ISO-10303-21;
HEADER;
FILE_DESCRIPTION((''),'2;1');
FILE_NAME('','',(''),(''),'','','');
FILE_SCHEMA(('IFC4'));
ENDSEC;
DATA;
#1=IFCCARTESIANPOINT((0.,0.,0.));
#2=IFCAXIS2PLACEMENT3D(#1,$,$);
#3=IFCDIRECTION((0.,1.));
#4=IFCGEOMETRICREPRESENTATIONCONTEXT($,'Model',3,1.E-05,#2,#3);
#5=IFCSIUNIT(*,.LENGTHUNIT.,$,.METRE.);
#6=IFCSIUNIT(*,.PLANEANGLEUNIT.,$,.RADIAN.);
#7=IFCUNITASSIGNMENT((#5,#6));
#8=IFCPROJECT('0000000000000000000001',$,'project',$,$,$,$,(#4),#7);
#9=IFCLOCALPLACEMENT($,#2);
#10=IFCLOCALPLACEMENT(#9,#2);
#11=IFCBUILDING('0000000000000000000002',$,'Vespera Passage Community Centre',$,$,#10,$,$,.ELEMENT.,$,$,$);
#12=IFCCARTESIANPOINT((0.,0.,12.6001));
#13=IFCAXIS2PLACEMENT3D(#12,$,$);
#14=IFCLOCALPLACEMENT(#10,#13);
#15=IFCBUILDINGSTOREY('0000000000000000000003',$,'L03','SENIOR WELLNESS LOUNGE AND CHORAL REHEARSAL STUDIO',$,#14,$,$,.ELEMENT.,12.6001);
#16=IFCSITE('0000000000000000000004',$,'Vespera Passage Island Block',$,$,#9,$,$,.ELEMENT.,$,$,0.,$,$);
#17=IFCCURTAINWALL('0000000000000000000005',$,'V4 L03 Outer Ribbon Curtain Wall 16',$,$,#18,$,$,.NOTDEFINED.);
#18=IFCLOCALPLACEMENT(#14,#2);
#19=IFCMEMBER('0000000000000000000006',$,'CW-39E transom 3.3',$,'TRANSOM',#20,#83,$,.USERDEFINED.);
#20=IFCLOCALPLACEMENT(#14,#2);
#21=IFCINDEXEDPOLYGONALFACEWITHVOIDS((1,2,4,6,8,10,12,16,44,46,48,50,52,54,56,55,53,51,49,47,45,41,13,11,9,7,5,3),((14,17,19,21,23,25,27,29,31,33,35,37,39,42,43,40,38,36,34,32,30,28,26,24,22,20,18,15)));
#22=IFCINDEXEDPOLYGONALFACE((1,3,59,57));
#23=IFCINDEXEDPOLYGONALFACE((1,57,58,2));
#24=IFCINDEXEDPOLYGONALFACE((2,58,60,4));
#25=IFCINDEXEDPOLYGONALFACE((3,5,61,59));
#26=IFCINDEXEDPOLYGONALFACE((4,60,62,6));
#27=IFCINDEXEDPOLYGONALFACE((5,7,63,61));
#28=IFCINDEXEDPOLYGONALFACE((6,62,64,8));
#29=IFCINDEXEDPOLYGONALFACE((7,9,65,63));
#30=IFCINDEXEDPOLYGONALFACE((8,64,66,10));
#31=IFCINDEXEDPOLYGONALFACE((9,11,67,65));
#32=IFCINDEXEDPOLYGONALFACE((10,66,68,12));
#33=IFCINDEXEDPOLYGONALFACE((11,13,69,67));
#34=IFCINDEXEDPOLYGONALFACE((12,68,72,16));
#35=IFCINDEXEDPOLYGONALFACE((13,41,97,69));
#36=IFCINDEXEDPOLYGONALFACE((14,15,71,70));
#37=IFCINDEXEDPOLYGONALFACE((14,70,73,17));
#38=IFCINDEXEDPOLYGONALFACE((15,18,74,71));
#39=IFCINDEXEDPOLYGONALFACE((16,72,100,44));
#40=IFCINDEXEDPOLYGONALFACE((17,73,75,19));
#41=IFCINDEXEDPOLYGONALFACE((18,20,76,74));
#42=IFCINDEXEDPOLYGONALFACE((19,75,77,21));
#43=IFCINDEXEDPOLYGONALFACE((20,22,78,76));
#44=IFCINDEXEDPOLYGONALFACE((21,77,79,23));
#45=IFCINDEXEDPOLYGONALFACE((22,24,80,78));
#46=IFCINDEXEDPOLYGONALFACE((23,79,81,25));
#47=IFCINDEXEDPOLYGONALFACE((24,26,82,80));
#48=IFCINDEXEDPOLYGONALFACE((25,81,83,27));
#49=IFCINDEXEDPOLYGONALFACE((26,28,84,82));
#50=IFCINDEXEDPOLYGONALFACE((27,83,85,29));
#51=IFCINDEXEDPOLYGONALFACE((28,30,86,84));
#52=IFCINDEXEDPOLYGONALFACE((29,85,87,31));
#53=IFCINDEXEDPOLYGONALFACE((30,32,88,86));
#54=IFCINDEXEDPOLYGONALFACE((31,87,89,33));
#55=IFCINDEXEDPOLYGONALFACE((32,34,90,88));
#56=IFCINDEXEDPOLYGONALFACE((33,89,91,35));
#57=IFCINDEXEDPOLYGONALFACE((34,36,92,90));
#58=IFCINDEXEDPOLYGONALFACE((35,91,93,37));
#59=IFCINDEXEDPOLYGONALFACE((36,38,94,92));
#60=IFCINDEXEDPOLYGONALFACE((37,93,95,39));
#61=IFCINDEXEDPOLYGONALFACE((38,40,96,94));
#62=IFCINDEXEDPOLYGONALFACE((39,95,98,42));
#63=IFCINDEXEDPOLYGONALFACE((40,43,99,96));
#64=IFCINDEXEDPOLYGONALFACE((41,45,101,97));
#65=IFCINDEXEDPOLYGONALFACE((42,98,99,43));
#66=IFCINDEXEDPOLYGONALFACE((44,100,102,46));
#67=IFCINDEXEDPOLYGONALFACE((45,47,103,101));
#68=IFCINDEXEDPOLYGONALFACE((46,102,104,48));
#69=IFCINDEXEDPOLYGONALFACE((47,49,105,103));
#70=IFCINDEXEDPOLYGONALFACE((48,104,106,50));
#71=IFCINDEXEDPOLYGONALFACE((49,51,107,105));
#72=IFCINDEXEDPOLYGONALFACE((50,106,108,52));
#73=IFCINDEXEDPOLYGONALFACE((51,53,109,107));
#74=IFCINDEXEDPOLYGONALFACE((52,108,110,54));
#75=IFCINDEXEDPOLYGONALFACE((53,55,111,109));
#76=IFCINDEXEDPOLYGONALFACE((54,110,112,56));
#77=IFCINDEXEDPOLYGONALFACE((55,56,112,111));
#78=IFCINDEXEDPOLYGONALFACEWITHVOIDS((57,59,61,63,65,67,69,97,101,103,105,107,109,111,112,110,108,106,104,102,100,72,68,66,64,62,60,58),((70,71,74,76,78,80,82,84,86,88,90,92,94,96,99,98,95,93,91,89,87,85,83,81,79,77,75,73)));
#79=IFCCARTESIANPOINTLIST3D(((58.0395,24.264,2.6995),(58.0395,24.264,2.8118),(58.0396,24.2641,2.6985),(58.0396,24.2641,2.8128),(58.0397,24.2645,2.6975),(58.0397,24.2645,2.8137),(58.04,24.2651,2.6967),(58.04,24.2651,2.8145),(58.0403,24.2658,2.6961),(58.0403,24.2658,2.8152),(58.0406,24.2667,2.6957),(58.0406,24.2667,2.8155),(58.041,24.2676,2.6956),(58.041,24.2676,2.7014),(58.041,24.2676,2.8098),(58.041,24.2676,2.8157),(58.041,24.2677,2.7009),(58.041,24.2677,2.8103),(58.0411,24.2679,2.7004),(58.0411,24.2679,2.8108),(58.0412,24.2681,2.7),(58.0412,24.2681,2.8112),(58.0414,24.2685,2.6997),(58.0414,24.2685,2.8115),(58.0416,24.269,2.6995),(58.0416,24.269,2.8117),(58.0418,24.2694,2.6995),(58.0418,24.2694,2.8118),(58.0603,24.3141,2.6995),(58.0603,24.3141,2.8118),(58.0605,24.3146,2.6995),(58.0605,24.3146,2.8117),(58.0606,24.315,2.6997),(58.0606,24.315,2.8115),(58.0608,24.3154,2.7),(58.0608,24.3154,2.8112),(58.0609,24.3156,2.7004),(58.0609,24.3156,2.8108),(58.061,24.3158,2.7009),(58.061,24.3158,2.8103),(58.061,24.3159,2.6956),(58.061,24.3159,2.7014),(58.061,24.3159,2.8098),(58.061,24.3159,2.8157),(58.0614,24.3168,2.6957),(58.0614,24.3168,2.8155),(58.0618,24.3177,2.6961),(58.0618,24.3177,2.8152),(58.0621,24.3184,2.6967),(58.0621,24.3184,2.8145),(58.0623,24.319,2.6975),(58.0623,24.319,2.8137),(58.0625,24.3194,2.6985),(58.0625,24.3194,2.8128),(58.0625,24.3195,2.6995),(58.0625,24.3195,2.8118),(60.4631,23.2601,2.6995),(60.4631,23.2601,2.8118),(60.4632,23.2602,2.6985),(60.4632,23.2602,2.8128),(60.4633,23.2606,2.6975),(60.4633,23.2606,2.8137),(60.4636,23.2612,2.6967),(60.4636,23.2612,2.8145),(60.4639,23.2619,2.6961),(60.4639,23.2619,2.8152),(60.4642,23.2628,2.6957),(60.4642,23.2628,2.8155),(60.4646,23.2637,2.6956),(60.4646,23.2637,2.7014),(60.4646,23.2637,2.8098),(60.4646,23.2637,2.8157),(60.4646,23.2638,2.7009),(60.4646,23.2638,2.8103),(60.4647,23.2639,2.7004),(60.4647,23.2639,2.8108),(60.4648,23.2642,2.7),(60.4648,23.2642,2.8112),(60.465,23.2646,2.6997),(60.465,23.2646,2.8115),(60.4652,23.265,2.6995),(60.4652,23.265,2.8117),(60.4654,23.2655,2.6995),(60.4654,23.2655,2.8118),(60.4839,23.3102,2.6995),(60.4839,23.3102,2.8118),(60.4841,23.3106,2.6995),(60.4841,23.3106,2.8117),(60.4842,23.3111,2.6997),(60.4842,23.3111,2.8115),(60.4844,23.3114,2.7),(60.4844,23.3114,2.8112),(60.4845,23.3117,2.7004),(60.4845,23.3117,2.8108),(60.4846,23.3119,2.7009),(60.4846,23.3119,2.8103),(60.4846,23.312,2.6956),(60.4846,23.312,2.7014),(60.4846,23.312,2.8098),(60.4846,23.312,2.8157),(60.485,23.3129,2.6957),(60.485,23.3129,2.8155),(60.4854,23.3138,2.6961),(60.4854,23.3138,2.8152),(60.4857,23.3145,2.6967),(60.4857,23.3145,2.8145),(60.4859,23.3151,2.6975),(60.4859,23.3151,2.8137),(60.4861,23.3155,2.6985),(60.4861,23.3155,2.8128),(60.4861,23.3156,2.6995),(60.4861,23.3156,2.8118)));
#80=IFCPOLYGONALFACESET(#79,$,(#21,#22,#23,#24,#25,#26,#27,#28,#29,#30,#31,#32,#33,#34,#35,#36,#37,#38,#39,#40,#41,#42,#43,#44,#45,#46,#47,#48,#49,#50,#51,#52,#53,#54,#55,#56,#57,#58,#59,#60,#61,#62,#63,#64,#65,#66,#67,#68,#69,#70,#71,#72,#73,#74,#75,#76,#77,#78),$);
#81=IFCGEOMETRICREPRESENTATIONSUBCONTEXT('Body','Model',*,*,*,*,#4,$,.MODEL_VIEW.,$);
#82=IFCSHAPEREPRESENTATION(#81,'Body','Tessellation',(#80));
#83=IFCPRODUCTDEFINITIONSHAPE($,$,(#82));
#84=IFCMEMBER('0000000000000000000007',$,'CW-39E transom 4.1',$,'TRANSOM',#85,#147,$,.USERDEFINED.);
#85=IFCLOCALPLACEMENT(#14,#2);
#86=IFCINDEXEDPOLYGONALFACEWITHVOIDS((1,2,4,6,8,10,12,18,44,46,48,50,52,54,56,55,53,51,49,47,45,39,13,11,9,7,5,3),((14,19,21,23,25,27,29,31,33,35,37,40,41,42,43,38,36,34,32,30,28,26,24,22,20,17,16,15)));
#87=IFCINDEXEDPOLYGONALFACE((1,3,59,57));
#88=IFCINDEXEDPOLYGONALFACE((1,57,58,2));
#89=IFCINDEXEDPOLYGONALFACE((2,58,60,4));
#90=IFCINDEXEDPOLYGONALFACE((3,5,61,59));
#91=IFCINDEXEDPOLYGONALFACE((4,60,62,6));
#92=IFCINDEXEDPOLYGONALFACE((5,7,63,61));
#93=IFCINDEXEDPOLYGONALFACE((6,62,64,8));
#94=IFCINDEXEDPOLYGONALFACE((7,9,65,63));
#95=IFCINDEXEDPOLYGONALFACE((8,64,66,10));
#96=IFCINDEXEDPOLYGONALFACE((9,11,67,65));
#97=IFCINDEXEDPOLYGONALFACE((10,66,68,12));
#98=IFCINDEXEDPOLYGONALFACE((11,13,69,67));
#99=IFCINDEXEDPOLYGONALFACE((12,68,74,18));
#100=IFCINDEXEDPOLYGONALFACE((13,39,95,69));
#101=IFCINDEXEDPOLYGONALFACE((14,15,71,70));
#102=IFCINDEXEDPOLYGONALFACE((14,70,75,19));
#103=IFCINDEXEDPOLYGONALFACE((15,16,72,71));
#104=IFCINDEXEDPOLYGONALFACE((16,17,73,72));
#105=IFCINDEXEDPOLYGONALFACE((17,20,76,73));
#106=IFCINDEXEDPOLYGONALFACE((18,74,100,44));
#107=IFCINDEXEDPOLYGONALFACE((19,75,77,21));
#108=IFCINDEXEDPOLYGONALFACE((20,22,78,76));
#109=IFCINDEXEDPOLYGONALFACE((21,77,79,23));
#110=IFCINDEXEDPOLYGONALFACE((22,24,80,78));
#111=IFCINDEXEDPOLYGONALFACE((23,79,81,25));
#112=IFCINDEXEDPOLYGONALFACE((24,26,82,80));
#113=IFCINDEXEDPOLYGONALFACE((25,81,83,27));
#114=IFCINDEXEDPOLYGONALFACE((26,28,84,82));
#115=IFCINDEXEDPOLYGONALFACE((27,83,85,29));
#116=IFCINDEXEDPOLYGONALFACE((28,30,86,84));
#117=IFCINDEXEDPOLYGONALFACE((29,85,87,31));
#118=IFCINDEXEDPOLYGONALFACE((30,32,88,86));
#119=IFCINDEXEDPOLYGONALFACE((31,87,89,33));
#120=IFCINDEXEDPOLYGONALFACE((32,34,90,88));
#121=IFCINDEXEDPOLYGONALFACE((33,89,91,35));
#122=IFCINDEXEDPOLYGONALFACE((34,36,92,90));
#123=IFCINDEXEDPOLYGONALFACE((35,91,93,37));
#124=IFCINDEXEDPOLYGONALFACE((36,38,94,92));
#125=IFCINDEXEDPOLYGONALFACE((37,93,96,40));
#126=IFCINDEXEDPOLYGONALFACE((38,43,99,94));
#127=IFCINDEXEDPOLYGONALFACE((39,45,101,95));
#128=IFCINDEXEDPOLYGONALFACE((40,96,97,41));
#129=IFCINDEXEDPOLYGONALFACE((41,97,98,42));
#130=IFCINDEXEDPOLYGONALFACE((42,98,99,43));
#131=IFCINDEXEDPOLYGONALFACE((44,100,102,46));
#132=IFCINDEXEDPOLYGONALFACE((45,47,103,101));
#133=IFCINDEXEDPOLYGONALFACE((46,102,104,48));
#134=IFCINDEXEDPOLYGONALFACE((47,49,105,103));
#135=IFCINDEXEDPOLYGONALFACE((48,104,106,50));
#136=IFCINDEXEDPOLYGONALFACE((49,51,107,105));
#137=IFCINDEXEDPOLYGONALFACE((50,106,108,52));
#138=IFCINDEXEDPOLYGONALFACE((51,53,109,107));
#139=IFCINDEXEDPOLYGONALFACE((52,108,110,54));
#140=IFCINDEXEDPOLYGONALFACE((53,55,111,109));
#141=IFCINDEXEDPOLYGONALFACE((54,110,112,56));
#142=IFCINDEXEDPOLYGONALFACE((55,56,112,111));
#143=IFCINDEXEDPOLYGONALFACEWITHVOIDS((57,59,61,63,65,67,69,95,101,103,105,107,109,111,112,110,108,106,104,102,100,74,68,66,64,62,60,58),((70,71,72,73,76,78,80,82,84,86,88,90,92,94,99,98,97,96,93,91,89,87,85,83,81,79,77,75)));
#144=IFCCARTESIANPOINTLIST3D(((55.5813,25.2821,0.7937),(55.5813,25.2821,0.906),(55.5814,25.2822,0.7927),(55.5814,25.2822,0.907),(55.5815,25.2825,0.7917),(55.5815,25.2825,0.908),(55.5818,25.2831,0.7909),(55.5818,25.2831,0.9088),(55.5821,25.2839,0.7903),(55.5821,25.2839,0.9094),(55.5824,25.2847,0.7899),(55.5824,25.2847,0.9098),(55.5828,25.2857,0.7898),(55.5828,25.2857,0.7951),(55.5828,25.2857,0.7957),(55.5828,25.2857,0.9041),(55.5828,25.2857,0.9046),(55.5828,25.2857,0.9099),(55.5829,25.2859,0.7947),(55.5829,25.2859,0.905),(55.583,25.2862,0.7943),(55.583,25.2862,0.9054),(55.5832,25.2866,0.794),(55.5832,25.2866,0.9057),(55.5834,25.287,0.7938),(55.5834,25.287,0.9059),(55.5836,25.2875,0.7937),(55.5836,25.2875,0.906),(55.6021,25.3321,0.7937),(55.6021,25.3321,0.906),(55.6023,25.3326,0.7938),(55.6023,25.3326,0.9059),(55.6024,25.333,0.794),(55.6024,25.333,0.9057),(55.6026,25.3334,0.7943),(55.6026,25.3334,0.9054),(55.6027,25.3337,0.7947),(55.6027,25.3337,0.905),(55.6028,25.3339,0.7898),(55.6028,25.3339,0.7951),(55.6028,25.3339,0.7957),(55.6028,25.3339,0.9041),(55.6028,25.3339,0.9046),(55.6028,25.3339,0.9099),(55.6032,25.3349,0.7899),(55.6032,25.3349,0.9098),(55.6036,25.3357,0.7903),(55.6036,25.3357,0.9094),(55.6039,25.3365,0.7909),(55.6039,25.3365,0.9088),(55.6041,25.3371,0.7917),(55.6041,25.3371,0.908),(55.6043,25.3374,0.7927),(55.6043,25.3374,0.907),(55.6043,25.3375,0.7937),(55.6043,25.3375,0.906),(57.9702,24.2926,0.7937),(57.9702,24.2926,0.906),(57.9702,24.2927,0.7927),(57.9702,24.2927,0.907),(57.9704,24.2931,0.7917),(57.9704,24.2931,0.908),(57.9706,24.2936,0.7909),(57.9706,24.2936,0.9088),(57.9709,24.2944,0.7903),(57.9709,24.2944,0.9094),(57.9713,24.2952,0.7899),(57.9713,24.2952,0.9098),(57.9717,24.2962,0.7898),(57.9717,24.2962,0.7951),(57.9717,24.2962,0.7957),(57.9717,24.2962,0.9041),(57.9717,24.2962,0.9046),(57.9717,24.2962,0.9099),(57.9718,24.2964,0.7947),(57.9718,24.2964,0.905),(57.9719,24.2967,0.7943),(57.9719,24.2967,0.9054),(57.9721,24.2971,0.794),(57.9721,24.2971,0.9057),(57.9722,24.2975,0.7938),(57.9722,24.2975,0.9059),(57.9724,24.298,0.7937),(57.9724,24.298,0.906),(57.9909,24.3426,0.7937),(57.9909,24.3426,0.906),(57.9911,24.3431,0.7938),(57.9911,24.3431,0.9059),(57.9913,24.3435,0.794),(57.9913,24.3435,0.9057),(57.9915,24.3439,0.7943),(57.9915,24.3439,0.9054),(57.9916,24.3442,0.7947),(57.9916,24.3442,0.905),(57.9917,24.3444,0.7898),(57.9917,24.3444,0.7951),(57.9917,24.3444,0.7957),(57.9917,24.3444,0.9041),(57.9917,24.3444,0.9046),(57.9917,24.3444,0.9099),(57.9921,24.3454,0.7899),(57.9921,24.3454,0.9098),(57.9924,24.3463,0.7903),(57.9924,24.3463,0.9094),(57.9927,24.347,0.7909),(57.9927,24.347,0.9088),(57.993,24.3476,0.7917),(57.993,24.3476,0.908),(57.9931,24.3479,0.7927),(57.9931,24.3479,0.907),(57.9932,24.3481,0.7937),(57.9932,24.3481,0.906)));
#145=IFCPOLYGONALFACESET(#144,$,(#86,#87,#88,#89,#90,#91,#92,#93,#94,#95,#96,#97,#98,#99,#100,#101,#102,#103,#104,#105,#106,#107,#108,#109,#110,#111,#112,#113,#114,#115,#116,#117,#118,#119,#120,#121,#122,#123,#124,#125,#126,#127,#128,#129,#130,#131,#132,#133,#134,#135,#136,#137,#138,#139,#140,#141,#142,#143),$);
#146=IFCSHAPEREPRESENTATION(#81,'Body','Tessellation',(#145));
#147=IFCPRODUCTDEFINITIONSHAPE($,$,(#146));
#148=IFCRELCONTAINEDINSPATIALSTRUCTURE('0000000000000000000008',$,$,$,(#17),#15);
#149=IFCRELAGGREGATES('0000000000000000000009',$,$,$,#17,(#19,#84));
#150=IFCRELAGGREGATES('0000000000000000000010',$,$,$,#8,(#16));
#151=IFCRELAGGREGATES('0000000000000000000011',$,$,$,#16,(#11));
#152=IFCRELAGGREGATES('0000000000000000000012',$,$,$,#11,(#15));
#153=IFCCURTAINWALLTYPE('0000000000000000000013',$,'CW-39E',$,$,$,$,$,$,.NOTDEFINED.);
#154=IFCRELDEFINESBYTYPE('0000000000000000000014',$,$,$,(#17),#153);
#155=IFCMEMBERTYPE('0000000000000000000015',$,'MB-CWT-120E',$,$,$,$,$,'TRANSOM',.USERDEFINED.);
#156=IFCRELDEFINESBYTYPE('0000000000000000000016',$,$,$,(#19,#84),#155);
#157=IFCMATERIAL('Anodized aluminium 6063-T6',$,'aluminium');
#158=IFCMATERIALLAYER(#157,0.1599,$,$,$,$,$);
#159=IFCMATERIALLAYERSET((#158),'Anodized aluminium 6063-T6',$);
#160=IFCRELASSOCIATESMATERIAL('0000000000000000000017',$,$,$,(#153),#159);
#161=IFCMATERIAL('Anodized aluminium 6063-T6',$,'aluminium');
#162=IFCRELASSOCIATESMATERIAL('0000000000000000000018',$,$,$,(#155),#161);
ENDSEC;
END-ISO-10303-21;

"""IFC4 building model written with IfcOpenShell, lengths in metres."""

from ifc_helpers import new_model, si_unit, direction, frame, origin, origin_2d, place, context, subcontext, project, spatial, hollow_rectangle, extrude, material, layer, layer_set, material_profile, profile_set, type_object, element, aggregate, save


model = new_model("IFC4")

# Units and contexts
model_context = context("Model", 3, precision=1e-05, world=origin(), true_north=direction((0.0, 1.0)))
body_context = subcontext(model_context, "Body", "Model", "MODEL_VIEW")
ifc_project = project(units=[si_unit("LENGTHUNIT", "METRE"), si_unit("PLANEANGLEUNIT", "RADIAN")], contexts=[model_context])

# Site, building, storey
site_placement = place(None, origin())
site = spatial("IfcSite", under=ifc_project, at=site_placement, Name="Vespera Passage Island Block", CompositionType="ELEMENT", RefElevation=0.0)
building_placement = place(site_placement, origin())
building = spatial("IfcBuilding", under=site, at=building_placement, Name="Vespera Passage Community Centre", CompositionType="ELEMENT")
storey_placement = place(building_placement, frame((0.0, 0.0, 12.6001)))
storey = spatial("IfcBuildingStorey", under=building, at=storey_placement, Name="L03", Description="SENIOR WELLNESS LOUNGE AND CHORAL REHEARSAL STUDIO", CompositionType="ELEMENT", Elevation=12.6001)

# Curtain wall, members
ifc_material_1 = material(Name="Anodized aluminium 6063-T6", Category="aluminium")
ifc_layer_1 = layer(ifc_material_1, 0.1599)
ifc_layer_set_1 = layer_set([ifc_layer_1], Name="Anodized aluminium 6063-T6")
curtain_wall_type = type_object("IfcCurtainWallType", Name="CW-39E", PredefinedType="NOTDEFINED", material=ifc_layer_set_1)
curtain_wall_placement = place(storey_placement, origin())
curtain_wall = element("IfcCurtainWall", 1, at=curtain_wall_placement, inside=storey, type_object=curtain_wall_type, Name="V4 L03 Outer Ribbon Curtain Wall 16", PredefinedType="NOTDEFINED")
ifc_material_2 = material(Name="Anodized aluminium 6063-T6", Category="aluminium")
ifc_material_profile_1 = material_profile(ifc_material_2, hollow_rectangle(XDim=0.0601, YDim=0.1201, WallThickness=0.0039, InnerFilletRadius=0.002, OuterFilletRadius=0.0039, at=origin_2d()), Name="ALU120X60X4")
ifc_profile_set_1 = profile_set([ifc_material_profile_1], Name="Anodized aluminium 6063-T6")
member_type_1 = type_object("IfcMemberType", Name="MB-CWT-120E", ElementType="TRANSOM", PredefinedType="USERDEFINED", material=ifc_profile_set_1)
member_1_placement = place(storey_placement, frame((60.4746, 23.2878, 2.7556), z_axis=(-0.923876, 0.382692, 0.0), x_axis=(-0.382692, -0.923876, 0.0)))
member_1 = element("IfcMember", 2, at=member_1_placement, type_object=member_type_1, Name="CW-39E transom 3.3", ObjectType="TRANSOM", PredefinedType="USERDEFINED", context=body_context, shape_type="SweptSolid", body=[
    extrude(hollow_rectangle(XDim=0.0601, YDim=0.1201, WallThickness=0.0039, InnerFilletRadius=0.002, OuterFilletRadius=0.0039, at=origin_2d()), origin(), (0.0, 0.0, 1.0), 2.6233),
])
member_2_placement = place(storey_placement, frame((57.9817, 24.3203, 0.8499), z_axis=(-0.923882, 0.382677, 0.0), x_axis=(-0.382677, -0.923882, 0.0)))
member_2 = element("IfcMember", 3, at=member_2_placement, type_object=member_type_1, Name="CW-39E transom 4.1", ObjectType="TRANSOM", PredefinedType="USERDEFINED", context=body_context, shape_type="SweptSolid", body=[
    extrude(hollow_rectangle(XDim=0.0601, YDim=0.1201, WallThickness=0.0039, InnerFilletRadius=0.002, OuterFilletRadius=0.0039, at=origin_2d()), origin(), (0.0, 0.0, 1.0), 2.5857),
])
aggregate(curtain_wall, [member_1, member_2])

save(model, "model.ifc")
